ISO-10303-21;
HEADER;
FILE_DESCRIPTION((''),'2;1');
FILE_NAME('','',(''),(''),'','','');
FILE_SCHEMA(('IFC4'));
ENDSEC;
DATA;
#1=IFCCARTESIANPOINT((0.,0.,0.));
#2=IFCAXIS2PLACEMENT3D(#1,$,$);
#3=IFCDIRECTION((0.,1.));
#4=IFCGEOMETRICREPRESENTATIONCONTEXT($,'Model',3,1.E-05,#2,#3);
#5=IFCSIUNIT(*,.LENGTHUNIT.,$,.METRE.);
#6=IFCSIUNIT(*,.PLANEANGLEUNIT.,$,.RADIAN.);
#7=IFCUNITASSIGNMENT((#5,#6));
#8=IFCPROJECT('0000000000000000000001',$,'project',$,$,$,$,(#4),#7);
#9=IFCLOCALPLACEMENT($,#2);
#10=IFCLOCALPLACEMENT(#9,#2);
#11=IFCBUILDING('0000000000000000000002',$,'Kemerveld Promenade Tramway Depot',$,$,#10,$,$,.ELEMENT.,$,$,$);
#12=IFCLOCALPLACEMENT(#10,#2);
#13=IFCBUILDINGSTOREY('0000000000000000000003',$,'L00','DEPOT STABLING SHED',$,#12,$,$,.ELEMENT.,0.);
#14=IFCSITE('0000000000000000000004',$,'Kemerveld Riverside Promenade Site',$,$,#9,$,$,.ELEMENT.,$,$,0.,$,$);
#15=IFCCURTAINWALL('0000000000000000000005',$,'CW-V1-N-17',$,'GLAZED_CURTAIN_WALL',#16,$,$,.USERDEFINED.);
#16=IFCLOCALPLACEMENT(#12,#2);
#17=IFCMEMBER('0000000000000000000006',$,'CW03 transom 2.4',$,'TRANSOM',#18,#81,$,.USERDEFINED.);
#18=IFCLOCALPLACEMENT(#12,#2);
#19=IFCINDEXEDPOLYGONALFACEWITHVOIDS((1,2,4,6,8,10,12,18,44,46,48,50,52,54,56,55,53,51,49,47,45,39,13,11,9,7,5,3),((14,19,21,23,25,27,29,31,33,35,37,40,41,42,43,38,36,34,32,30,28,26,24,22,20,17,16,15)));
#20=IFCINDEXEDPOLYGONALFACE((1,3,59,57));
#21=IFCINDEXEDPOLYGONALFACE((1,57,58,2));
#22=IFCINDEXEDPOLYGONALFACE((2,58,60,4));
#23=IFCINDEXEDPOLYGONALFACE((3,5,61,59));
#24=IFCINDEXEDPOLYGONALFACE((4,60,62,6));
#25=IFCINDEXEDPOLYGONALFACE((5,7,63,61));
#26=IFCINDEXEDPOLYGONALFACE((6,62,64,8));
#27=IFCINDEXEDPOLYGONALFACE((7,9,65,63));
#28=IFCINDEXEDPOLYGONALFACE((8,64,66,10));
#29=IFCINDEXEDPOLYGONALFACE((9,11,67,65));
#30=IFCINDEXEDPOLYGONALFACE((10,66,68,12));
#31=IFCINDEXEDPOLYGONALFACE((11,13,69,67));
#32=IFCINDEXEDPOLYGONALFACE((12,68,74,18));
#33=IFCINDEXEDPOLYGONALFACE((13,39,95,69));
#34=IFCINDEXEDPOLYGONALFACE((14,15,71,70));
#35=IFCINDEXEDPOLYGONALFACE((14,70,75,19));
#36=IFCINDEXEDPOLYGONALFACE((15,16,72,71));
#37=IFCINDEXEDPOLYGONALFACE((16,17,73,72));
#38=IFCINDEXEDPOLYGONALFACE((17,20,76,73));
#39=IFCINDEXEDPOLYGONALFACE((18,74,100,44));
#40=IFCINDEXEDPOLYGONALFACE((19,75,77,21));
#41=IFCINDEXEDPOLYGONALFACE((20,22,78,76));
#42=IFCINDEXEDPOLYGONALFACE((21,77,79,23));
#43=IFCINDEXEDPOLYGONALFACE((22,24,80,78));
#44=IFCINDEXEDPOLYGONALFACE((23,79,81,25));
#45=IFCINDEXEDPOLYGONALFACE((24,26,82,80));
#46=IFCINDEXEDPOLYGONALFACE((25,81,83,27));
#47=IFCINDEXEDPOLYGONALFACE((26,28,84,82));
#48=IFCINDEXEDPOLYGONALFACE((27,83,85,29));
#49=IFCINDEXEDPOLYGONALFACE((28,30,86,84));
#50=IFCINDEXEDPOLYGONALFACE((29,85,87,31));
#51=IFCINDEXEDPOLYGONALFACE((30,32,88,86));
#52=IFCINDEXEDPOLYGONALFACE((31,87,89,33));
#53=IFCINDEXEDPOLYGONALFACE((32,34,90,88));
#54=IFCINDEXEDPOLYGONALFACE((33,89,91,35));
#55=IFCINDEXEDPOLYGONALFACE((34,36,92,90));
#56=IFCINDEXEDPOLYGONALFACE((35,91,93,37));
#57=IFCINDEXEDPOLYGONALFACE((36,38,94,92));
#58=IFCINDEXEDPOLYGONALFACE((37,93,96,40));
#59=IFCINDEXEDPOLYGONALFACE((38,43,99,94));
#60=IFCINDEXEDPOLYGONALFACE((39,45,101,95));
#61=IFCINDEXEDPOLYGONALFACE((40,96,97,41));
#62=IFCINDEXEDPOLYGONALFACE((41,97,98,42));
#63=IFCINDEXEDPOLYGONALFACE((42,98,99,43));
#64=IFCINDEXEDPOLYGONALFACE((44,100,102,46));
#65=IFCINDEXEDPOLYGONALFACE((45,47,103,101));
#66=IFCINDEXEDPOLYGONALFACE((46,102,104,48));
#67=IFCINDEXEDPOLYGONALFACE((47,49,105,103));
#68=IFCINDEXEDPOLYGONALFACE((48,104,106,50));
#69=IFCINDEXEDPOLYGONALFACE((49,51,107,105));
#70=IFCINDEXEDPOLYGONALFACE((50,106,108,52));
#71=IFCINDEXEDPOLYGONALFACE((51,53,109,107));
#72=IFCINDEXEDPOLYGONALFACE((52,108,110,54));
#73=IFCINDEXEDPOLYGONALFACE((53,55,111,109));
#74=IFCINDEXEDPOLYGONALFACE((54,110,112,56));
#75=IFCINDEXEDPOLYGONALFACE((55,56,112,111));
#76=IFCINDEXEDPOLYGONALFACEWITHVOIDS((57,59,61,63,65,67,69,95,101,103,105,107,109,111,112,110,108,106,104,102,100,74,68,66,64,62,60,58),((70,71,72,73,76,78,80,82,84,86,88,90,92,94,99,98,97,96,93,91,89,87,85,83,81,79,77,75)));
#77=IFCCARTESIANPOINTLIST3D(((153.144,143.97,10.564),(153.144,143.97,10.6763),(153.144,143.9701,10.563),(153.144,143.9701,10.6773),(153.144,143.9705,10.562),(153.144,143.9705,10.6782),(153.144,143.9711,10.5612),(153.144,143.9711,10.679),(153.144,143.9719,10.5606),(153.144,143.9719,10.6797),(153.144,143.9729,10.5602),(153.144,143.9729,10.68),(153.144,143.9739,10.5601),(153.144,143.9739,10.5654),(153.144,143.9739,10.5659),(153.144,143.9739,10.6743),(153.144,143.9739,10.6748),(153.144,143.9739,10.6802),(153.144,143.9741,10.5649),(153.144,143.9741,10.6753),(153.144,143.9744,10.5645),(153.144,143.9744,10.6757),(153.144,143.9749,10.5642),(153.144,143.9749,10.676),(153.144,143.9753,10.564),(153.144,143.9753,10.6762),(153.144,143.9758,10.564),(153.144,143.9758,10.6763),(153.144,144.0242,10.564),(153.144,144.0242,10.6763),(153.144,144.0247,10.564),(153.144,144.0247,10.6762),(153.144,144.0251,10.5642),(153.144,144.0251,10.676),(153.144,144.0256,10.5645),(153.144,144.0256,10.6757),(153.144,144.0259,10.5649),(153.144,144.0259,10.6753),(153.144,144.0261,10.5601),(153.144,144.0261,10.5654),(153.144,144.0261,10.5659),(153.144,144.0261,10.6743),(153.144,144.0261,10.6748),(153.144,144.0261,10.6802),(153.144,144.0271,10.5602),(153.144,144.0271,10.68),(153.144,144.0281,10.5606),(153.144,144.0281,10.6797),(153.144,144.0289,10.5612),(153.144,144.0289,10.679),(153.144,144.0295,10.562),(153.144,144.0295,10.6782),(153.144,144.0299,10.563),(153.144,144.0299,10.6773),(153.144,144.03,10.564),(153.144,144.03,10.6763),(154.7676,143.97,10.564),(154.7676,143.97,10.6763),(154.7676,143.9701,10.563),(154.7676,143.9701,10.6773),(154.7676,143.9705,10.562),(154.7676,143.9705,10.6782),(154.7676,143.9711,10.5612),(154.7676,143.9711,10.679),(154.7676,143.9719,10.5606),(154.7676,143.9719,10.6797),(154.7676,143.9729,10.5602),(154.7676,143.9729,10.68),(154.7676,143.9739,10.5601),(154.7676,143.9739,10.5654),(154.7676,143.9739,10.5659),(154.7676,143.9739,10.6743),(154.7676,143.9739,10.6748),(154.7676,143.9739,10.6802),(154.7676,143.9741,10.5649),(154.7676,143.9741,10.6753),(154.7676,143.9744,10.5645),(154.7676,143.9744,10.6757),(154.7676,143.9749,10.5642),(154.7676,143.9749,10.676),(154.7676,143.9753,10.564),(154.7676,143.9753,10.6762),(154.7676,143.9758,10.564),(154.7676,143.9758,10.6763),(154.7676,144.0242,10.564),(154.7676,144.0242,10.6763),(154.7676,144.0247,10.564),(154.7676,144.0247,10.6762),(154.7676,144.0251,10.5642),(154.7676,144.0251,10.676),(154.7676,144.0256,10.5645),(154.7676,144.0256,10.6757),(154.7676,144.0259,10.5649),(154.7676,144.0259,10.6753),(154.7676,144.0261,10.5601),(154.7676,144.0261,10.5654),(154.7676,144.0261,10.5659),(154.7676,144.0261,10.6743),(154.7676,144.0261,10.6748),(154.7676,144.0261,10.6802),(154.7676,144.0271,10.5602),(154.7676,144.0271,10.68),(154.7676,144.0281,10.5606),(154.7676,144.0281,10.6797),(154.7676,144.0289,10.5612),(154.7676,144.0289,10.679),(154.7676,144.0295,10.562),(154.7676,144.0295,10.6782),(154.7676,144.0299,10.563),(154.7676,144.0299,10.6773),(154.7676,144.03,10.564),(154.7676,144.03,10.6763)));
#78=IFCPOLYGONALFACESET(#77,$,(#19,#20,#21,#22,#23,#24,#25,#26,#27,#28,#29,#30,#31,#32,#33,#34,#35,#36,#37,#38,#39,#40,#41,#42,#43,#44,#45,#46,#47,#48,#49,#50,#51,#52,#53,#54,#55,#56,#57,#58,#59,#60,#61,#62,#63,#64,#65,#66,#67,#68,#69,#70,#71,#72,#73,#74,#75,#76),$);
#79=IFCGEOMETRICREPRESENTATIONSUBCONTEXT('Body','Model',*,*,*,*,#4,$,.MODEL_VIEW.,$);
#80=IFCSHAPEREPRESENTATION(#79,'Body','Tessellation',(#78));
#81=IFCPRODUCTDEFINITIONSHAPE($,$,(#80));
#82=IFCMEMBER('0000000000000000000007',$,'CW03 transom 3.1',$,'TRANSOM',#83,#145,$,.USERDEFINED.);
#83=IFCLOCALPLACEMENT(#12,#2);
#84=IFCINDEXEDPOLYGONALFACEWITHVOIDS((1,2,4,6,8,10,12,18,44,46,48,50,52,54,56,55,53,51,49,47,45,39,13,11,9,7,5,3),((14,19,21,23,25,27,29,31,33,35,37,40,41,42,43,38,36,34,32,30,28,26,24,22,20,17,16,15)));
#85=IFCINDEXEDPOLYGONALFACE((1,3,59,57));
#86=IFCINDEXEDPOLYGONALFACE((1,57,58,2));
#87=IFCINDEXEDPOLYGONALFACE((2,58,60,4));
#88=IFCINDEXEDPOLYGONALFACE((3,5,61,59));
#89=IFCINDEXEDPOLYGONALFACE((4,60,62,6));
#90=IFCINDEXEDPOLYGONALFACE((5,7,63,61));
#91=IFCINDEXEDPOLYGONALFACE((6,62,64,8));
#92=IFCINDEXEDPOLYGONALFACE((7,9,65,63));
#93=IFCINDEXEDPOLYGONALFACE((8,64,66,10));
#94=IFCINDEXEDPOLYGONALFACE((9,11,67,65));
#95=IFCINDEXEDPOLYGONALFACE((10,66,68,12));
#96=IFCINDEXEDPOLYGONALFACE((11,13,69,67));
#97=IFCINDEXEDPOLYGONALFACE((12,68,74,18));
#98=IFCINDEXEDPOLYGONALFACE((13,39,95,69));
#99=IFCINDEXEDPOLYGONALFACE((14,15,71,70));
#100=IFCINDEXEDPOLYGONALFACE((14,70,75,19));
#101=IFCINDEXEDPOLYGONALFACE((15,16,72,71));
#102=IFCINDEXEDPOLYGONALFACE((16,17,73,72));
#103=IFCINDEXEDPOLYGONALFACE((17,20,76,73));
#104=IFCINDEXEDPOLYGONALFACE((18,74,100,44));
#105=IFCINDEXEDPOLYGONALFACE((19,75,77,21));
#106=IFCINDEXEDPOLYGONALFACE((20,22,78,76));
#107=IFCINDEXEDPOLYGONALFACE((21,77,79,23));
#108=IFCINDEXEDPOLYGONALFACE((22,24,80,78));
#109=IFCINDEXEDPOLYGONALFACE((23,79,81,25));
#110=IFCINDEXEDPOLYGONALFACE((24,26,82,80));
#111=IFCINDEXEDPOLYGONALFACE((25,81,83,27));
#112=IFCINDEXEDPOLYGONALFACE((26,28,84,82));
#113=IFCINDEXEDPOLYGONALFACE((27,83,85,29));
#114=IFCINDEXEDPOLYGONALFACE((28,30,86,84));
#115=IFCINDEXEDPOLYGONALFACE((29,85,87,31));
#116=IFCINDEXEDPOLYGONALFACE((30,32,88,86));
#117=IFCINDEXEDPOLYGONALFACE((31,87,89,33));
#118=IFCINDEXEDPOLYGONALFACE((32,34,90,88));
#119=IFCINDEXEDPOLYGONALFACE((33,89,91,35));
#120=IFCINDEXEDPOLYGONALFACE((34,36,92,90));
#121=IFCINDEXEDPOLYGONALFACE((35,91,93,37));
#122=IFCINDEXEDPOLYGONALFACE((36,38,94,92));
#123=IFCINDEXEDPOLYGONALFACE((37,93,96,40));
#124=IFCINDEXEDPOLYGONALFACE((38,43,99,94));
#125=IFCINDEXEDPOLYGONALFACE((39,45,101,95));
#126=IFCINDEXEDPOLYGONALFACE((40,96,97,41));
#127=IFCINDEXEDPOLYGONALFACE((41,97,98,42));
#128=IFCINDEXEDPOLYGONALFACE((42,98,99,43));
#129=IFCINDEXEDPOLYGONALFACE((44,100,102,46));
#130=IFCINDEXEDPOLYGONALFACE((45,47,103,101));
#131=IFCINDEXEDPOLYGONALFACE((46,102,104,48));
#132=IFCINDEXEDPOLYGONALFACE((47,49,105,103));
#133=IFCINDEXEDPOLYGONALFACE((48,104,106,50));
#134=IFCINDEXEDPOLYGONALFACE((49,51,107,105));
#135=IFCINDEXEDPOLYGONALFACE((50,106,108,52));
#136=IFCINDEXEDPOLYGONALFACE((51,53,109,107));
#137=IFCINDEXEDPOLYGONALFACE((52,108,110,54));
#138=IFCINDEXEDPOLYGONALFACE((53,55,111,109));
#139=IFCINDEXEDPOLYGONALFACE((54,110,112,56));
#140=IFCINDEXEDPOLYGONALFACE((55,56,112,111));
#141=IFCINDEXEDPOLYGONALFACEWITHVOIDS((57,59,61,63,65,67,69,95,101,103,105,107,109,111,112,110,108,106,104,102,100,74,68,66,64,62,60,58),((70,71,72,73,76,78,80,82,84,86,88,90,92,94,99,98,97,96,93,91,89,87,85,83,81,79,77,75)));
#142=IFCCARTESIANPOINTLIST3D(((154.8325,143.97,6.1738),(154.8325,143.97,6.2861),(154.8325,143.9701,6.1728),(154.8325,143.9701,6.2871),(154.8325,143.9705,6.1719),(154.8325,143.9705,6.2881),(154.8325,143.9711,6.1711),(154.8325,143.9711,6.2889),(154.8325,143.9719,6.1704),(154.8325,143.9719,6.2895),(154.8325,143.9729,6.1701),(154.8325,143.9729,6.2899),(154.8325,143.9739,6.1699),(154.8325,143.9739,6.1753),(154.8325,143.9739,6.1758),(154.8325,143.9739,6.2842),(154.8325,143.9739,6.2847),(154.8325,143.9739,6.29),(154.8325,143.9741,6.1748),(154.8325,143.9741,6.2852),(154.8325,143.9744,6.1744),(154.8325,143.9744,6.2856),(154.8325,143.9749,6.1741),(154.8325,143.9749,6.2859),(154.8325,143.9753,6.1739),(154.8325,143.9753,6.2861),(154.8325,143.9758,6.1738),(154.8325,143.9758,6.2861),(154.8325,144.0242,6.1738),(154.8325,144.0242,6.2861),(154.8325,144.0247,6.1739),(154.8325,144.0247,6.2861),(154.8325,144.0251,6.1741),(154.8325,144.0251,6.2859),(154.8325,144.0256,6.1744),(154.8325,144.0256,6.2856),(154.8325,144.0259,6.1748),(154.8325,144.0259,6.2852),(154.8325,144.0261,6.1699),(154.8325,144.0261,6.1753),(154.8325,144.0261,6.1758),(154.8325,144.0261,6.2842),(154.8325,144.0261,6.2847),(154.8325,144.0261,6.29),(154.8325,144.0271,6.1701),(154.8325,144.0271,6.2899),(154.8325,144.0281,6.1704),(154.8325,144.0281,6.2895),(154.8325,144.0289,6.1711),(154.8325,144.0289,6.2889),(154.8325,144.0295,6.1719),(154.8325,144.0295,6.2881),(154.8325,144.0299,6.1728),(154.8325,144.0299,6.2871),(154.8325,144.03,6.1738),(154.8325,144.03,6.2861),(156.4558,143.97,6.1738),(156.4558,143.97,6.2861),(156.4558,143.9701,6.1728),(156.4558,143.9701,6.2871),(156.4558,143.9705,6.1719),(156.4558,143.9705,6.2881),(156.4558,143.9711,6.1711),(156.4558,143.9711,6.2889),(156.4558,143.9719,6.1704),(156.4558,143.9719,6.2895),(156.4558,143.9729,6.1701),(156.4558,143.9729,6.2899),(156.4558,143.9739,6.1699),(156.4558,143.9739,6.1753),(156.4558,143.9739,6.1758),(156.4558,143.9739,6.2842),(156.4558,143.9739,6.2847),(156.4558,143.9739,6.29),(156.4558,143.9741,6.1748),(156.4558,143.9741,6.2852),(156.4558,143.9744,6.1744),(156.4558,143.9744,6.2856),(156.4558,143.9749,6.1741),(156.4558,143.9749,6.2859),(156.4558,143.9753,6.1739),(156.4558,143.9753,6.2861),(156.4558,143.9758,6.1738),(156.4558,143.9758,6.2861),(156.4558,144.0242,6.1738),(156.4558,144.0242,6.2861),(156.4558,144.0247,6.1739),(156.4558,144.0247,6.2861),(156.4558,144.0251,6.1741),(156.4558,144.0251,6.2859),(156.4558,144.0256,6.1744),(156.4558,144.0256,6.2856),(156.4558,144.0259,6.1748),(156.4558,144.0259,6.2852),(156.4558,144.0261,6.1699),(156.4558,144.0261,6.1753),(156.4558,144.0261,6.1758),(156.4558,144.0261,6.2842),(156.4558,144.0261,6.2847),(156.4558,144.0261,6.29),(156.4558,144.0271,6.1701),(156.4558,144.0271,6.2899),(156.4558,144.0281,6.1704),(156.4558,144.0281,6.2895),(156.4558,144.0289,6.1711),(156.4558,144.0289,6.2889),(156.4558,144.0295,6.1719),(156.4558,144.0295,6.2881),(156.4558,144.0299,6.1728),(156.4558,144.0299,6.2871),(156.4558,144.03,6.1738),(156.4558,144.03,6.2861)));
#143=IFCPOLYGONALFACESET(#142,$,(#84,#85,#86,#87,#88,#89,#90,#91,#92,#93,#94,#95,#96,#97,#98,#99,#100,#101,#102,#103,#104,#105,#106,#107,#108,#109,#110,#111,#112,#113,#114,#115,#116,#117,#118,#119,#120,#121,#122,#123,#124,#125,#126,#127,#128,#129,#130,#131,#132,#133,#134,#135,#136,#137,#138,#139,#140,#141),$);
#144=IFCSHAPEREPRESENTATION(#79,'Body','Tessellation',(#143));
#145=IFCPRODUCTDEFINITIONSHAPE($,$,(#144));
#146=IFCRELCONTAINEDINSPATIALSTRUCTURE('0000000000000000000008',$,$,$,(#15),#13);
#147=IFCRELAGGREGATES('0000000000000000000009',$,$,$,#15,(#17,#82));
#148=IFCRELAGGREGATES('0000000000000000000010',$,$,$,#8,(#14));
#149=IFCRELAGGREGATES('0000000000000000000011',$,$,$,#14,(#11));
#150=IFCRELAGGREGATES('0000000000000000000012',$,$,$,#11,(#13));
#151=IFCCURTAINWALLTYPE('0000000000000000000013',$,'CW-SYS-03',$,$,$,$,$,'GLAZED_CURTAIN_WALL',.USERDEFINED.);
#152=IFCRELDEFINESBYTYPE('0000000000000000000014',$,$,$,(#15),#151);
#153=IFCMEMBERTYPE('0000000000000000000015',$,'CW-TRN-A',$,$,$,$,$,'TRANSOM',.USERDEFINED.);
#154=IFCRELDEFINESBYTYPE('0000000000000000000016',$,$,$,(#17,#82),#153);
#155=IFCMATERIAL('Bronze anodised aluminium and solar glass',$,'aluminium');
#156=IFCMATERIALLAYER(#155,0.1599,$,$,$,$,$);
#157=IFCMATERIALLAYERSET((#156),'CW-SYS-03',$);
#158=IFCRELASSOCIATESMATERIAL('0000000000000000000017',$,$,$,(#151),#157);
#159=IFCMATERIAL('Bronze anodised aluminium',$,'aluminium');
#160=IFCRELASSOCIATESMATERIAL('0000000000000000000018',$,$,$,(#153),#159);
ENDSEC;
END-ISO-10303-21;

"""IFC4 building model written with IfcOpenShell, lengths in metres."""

from ifc_helpers import new_model, si_unit, direction, frame, origin, origin_2d, place, context, subcontext, project, spatial, hollow_rectangle, extrude, material, layer, layer_set, material_profile, profile_set, type_object, element, aggregate, save


model = new_model("IFC4")

# Units and contexts
model_context = context("Model", 3, precision=1e-05, world=origin(), true_north=direction((0.0, 1.0)))
body_context = subcontext(model_context, "Body", "Model", "MODEL_VIEW")
ifc_project = project(units=[si_unit("LENGTHUNIT", "METRE"), si_unit("PLANEANGLEUNIT", "RADIAN")], contexts=[model_context])

# Site, building, storey
site_placement = place(None, origin())
site = spatial("IfcSite", under=ifc_project, at=site_placement, Name="Kemerveld Riverside Promenade Site", CompositionType="ELEMENT", RefElevation=0.0)
building_placement = place(site_placement, origin())
building = spatial("IfcBuilding", under=site, at=building_placement, Name="Kemerveld Promenade Tramway Depot", CompositionType="ELEMENT")
storey_placement = place(building_placement, origin())
storey = spatial("IfcBuildingStorey", under=building, at=storey_placement, Name="L00", Description="DEPOT STABLING SHED", CompositionType="ELEMENT", Elevation=0.0)

# Curtain wall, members
ifc_material_1 = material(Name="Bronze anodised aluminium and solar glass", Category="aluminium")
ifc_layer_1 = layer(ifc_material_1, 0.1599)
ifc_layer_set_1 = layer_set([ifc_layer_1], Name="CW-SYS-03")
curtain_wall_type = type_object("IfcCurtainWallType", Name="CW-SYS-03", ElementType="GLAZED_CURTAIN_WALL", PredefinedType="USERDEFINED", material=ifc_layer_set_1)
curtain_wall_placement = place(storey_placement, origin())
curtain_wall = element("IfcCurtainWall", 1, at=curtain_wall_placement, inside=storey, type_object=curtain_wall_type, Name="CW-V1-N-17", ObjectType="GLAZED_CURTAIN_WALL", PredefinedType="USERDEFINED")
ifc_material_2 = material(Name="Bronze anodised aluminium", Category="aluminium")
ifc_material_profile_1 = material_profile(ifc_material_2, hollow_rectangle(XDim=0.0601, YDim=0.1201, WallThickness=0.0039, InnerFilletRadius=0.002, OuterFilletRadius=0.0039, at=origin_2d()), Name="CW-TRN-120x60")
ifc_profile_set_1 = profile_set([ifc_material_profile_1], Name="Bronze anodised aluminium")
member_type_1 = type_object("IfcMemberType", Name="CW-TRN-A", ElementType="TRANSOM", PredefinedType="USERDEFINED", material=ifc_profile_set_1)
member_1_placement = place(storey_placement, frame((153.144, 144.0, 10.6201), z_axis=(1.0, 0.0, 0.0), x_axis=(0.0, 1.0, 0.0)))
member_1 = element("IfcMember", 2, at=member_1_placement, type_object=member_type_1, Name="CW03 transom 2.4", ObjectType="TRANSOM", PredefinedType="USERDEFINED", context=body_context, shape_type="SweptSolid", body=[
    extrude(hollow_rectangle(XDim=0.0601, YDim=0.1201, WallThickness=0.0039, InnerFilletRadius=0.002, OuterFilletRadius=0.0039, at=origin_2d()), origin(), (0.0, 0.0, 1.0), 1.6235),
])
member_2_placement = place(storey_placement, frame((154.8325, 144.0, 6.23), z_axis=(1.0, 0.0, 0.0), x_axis=(0.0, 1.0, 0.0)))
member_2 = element("IfcMember", 3, at=member_2_placement, type_object=member_type_1, Name="CW03 transom 3.1", ObjectType="TRANSOM", PredefinedType="USERDEFINED", context=body_context, shape_type="SweptSolid", body=[
    extrude(hollow_rectangle(XDim=0.0601, YDim=0.1201, WallThickness=0.0039, InnerFilletRadius=0.002, OuterFilletRadius=0.0039, at=origin_2d()), origin(), (0.0, 0.0, 1.0), 1.6233),
])
aggregate(curtain_wall, [member_1, member_2])

save(model, "model.ifc")
